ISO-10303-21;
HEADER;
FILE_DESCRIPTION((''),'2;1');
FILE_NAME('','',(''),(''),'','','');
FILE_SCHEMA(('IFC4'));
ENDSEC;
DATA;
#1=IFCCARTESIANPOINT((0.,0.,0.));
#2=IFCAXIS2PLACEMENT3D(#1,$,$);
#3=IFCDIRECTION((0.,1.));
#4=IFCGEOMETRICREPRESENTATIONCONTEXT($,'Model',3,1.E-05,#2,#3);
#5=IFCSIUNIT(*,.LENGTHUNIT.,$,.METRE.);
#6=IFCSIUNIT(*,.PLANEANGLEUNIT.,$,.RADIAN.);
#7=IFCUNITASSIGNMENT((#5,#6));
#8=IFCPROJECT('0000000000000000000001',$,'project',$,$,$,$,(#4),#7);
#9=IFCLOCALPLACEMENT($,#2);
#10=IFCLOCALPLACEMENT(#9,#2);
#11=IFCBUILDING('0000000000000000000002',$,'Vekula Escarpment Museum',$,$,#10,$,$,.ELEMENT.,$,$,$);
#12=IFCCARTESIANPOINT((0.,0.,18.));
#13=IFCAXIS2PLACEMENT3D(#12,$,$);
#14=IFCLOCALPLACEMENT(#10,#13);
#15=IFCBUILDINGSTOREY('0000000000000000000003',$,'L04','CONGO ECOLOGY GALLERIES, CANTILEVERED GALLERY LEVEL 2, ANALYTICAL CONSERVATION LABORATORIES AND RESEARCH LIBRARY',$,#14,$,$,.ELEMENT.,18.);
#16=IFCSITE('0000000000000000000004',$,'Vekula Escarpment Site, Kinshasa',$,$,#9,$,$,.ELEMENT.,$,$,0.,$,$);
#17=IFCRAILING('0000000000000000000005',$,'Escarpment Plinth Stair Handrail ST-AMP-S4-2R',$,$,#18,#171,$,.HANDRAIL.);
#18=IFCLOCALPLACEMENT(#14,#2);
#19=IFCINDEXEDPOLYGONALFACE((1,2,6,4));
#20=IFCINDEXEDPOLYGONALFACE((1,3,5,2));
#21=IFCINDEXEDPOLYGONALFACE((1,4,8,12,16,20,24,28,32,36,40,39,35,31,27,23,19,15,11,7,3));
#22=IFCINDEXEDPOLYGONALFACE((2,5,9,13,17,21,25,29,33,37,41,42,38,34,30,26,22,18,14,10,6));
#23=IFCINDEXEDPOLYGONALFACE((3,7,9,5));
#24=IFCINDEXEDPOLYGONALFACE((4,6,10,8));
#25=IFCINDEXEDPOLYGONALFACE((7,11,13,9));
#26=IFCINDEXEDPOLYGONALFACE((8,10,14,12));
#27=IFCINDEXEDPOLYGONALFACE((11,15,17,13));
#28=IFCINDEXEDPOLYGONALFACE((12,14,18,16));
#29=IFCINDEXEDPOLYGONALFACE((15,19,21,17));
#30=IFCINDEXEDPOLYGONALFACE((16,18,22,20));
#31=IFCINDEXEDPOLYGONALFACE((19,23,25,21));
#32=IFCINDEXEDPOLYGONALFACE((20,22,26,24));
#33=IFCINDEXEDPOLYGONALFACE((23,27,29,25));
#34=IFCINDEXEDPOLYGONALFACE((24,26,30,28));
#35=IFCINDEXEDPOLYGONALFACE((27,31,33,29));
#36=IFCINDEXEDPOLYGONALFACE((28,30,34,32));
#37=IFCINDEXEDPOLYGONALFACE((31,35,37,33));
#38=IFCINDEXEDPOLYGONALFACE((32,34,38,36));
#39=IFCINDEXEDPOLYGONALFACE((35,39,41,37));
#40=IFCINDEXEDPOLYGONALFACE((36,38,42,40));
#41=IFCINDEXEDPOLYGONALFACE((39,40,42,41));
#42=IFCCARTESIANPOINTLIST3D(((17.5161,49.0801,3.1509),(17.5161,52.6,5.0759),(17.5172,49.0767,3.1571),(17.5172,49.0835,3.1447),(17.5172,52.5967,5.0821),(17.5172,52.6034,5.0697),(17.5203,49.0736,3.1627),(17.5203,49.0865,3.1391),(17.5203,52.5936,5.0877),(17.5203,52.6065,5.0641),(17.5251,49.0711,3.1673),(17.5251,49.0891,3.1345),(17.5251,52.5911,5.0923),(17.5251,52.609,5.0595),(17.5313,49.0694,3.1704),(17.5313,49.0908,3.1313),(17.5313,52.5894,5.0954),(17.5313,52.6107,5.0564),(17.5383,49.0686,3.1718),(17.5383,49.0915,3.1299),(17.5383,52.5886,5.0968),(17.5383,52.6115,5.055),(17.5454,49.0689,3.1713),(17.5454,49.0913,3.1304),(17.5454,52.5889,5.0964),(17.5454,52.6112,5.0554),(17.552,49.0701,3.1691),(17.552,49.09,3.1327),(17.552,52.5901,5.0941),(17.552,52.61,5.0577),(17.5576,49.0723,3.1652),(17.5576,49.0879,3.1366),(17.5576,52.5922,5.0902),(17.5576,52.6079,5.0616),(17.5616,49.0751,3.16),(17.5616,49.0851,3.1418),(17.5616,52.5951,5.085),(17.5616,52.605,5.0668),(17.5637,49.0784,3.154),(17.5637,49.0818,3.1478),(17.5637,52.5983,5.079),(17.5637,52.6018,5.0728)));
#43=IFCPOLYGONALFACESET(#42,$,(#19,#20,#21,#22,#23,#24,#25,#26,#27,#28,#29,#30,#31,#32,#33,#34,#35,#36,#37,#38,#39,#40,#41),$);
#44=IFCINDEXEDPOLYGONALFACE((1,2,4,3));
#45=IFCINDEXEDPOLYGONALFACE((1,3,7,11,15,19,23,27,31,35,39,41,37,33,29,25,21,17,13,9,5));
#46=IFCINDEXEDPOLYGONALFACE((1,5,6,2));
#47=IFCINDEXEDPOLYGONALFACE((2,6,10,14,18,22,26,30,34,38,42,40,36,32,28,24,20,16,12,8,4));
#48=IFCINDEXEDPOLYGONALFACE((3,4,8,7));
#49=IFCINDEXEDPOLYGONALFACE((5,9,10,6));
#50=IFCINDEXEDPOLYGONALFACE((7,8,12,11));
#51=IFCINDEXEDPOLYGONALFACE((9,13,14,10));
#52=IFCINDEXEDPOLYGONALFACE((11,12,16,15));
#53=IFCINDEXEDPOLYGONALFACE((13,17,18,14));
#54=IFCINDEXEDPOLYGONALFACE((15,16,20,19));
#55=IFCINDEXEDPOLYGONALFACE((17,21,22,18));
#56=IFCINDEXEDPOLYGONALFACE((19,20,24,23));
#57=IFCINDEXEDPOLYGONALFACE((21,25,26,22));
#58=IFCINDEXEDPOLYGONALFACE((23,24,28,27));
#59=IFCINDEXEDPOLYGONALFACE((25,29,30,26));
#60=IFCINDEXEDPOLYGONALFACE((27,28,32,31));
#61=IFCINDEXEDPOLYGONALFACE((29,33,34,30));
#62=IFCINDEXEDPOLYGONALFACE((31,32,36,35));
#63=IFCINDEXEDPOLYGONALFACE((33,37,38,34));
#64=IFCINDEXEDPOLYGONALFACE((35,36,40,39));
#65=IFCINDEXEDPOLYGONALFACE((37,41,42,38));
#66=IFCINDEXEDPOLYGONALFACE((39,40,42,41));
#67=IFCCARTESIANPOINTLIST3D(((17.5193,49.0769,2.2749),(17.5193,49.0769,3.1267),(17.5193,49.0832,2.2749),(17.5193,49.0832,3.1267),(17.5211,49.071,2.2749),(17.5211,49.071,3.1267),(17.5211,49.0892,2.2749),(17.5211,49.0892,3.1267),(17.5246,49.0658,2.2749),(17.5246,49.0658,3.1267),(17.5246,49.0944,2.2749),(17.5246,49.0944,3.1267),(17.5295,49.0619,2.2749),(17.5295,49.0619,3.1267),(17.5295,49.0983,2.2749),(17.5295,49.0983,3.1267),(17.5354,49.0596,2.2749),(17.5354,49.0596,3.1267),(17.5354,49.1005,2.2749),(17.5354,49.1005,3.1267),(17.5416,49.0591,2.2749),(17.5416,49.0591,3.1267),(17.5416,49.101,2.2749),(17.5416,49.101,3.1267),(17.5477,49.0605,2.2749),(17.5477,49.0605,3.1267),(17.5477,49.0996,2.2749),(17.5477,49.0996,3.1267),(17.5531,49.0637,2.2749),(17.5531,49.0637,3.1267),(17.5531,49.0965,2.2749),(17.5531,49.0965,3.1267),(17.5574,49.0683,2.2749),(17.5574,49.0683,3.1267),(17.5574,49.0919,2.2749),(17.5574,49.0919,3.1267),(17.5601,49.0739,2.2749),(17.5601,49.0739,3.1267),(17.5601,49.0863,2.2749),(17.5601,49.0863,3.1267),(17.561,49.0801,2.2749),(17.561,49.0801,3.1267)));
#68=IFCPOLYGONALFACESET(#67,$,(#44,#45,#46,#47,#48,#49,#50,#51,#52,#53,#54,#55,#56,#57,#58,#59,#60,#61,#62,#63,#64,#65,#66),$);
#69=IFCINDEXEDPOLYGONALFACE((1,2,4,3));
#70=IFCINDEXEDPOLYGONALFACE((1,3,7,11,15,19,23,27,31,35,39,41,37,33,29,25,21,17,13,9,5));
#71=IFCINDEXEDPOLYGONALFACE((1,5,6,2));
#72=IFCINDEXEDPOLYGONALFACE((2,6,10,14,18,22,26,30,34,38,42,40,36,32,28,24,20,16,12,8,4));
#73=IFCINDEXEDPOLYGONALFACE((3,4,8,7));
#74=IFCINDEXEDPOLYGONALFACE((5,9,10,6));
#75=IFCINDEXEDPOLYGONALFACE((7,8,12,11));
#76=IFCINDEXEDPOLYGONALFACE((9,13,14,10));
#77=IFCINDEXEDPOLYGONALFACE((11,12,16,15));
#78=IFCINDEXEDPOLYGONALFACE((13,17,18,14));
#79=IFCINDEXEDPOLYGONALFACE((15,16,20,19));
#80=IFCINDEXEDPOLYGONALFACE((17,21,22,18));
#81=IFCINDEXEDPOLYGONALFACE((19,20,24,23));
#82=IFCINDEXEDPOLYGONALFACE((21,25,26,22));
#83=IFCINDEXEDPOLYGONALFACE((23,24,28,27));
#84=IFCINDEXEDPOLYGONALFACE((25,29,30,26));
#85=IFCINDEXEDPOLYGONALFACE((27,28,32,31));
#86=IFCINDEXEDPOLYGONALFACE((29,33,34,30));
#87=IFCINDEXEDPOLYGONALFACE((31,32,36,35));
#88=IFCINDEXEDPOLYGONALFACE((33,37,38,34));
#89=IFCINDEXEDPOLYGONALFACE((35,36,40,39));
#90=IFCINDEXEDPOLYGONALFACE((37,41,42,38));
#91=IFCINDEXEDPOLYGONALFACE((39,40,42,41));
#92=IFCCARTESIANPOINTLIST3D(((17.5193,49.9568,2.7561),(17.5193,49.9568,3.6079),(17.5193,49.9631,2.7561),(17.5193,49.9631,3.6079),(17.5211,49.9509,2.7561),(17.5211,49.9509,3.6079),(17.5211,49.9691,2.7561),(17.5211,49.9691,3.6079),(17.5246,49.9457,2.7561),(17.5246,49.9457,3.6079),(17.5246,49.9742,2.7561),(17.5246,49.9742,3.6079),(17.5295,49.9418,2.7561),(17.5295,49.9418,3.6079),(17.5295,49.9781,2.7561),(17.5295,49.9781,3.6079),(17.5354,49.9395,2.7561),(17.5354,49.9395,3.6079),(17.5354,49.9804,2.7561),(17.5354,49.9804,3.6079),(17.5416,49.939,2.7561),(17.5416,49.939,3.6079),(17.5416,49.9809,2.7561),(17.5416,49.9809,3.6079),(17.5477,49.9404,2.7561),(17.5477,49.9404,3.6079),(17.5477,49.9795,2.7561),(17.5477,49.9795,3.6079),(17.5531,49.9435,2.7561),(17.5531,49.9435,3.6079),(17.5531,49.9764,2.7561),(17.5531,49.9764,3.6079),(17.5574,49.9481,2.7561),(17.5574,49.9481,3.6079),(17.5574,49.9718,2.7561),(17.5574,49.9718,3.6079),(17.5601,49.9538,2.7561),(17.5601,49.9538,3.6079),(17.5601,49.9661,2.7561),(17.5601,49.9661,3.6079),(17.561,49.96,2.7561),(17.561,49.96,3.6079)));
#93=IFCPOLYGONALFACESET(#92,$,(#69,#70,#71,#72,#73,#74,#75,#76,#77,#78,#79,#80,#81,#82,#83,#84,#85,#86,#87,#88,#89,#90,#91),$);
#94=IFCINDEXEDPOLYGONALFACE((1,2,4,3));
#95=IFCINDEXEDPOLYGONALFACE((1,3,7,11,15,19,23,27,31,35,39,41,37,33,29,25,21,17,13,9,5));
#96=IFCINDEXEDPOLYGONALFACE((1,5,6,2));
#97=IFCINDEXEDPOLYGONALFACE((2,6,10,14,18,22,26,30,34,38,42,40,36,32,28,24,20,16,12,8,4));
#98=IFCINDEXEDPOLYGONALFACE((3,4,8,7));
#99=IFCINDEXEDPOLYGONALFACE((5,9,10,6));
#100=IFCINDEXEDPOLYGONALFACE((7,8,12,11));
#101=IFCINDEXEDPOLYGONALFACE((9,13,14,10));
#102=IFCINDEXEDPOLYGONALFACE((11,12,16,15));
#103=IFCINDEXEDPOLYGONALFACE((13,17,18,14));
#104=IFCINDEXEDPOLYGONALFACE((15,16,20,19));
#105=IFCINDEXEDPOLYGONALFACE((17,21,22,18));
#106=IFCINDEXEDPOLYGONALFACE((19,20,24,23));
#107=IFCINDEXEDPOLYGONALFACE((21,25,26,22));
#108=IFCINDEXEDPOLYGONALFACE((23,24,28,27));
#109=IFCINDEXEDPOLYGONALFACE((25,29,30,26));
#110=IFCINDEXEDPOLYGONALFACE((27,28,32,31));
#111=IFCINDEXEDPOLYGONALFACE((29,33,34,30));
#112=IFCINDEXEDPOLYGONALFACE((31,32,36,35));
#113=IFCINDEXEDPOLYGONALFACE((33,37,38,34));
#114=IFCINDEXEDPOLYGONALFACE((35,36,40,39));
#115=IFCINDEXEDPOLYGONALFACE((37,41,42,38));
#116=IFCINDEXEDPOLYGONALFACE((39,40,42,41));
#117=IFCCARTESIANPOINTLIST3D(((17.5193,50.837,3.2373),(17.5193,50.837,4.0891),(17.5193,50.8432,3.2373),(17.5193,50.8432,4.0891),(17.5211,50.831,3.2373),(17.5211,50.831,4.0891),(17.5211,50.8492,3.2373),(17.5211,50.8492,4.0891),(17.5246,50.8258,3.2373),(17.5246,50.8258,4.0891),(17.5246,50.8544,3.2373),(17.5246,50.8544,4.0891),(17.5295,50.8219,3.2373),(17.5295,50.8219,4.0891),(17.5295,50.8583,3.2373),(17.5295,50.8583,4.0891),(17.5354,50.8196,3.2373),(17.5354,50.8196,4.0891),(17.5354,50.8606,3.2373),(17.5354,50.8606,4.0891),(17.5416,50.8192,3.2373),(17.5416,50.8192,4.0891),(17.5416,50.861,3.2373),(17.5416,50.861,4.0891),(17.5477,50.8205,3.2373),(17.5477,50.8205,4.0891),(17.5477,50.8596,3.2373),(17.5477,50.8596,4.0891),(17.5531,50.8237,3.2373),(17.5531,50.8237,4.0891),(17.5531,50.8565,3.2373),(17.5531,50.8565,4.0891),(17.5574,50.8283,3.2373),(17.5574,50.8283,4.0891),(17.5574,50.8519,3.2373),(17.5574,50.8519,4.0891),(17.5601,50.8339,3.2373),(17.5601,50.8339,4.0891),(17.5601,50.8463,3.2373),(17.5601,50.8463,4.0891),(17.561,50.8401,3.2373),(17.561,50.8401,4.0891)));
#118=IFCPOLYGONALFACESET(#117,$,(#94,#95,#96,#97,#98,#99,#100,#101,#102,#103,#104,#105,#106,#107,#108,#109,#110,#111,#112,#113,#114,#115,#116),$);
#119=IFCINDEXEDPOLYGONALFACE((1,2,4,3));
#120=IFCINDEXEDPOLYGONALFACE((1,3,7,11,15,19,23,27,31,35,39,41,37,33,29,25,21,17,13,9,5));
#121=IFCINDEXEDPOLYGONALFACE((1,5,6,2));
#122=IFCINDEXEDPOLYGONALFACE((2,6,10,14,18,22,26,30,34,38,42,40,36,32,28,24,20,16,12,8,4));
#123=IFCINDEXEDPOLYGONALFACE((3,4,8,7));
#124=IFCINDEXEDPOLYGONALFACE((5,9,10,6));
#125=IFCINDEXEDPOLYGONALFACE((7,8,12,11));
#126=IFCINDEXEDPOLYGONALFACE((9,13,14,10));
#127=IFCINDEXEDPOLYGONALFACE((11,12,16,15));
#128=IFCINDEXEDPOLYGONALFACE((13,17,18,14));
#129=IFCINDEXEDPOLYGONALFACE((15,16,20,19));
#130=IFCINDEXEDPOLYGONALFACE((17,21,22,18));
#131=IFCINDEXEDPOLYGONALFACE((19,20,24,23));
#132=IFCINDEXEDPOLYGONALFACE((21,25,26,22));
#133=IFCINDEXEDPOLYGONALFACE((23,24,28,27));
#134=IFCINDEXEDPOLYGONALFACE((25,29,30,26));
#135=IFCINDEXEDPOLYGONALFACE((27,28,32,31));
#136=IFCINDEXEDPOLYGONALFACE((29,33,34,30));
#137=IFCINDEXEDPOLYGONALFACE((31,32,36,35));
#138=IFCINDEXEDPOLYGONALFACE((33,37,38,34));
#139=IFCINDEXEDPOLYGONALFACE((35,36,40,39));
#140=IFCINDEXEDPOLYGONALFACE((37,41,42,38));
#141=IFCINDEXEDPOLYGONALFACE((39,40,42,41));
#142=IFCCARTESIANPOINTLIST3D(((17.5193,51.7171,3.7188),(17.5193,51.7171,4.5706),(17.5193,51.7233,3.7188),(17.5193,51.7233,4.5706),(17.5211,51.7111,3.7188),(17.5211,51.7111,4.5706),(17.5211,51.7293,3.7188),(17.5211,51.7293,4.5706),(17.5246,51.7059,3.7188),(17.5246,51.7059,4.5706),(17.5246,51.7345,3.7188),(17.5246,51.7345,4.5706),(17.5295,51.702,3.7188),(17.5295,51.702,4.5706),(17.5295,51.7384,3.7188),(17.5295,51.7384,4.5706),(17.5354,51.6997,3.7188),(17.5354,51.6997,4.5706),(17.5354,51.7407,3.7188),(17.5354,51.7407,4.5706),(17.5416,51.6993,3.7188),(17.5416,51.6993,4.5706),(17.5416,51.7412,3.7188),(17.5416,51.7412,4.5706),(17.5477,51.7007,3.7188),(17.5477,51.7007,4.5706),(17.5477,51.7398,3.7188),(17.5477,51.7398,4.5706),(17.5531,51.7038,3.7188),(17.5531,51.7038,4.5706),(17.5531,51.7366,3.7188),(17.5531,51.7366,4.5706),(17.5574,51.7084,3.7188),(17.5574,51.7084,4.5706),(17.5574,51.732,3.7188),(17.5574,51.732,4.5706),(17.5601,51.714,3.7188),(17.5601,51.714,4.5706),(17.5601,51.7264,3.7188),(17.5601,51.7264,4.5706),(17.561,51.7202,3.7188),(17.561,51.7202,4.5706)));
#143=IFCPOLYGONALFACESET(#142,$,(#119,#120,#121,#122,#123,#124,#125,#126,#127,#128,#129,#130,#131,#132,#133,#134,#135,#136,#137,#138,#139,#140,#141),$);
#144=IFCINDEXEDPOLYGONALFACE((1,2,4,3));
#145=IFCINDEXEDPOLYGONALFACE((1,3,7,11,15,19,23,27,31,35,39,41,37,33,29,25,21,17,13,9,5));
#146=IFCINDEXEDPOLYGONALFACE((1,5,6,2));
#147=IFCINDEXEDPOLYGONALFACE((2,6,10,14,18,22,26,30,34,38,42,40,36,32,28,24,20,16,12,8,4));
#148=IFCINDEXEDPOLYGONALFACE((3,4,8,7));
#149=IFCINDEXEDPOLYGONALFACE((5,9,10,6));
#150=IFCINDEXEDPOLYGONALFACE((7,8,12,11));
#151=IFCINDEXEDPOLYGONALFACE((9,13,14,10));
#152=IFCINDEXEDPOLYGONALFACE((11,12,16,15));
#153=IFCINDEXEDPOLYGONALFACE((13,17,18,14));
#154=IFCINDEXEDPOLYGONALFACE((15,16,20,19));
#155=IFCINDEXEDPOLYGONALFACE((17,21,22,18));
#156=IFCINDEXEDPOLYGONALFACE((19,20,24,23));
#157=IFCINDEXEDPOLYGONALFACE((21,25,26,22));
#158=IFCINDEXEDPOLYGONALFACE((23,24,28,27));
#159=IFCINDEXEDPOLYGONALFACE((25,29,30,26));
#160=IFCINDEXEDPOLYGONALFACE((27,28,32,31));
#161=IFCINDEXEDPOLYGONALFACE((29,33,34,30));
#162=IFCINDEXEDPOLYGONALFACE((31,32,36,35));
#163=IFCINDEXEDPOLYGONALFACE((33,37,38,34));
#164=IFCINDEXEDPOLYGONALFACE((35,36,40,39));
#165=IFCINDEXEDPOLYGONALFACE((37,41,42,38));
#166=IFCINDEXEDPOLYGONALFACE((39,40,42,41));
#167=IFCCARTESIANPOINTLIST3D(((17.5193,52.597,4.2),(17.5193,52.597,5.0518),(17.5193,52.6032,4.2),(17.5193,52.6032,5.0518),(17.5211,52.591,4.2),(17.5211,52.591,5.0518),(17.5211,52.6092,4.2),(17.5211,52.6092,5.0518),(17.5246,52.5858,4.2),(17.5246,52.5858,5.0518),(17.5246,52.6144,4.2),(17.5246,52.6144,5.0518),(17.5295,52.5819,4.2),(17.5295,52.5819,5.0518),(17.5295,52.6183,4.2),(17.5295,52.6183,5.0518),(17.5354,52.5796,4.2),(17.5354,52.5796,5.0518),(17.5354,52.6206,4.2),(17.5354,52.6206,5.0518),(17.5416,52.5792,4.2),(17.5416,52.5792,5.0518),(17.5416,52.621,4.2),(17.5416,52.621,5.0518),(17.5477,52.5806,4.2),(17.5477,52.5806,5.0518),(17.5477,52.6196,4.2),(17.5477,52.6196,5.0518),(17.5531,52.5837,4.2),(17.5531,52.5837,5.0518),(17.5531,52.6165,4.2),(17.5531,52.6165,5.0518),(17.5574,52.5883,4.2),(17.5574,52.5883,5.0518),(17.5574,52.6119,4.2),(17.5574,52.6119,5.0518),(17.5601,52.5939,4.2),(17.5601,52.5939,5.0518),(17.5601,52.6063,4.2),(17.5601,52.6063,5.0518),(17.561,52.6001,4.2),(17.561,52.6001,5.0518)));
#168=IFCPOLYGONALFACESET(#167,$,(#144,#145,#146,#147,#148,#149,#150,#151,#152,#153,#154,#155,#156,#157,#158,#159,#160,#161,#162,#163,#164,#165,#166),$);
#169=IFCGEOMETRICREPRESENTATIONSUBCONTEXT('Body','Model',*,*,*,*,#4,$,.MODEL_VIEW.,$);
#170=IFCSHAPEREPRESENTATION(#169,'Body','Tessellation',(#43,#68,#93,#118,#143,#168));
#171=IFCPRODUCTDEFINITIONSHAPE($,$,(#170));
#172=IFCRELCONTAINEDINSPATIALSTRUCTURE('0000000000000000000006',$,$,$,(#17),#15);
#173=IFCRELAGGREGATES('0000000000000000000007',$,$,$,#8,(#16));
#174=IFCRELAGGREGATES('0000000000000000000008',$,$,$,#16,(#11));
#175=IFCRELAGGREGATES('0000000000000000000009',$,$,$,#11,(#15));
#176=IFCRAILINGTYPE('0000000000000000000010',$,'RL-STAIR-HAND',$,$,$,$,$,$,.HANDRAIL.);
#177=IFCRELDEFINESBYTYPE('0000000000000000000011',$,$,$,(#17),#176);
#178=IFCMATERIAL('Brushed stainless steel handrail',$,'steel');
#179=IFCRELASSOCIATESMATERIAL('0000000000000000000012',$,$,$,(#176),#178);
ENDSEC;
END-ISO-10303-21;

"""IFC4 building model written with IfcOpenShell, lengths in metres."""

from ifc_helpers import new_model, si_unit, direction, frame, origin, origin_2d, place, context, subcontext, project, spatial, circle, extrude, material, type_object, element, save


model = new_model("IFC4")

# Units and contexts
model_context = context("Model", 3, precision=1e-05, world=origin(), true_north=direction((0.0, 1.0)))
body_context = subcontext(model_context, "Body", "Model", "MODEL_VIEW")
ifc_project = project(units=[si_unit("LENGTHUNIT", "METRE"), si_unit("PLANEANGLEUNIT", "RADIAN")], contexts=[model_context])

# Site, building, storey
site_placement = place(None, origin())
site = spatial("IfcSite", under=ifc_project, at=site_placement, Name="Vekula Escarpment Site, Kinshasa", CompositionType="ELEMENT", RefElevation=0.0)
building_placement = place(site_placement, origin())
building = spatial("IfcBuilding", under=site, at=building_placement, Name="Vekula Escarpment Museum", CompositionType="ELEMENT")
storey_placement = place(building_placement, frame((0.0, 0.0, 18.0)))
storey = spatial("IfcBuildingStorey", under=building, at=storey_placement, Name="L04", Description="CONGO ECOLOGY GALLERIES, CANTILEVERED GALLERY LEVEL 2, ANALYTICAL CONSERVATION LABORATORIES AND RESEARCH LIBRARY", CompositionType="ELEMENT", Elevation=18.0)

# Railing
ifc_material_1 = material(Name="Brushed stainless steel handrail", Category="steel")
railing_type_1 = type_object("IfcRailingType", Name="RL-STAIR-HAND", PredefinedType="HANDRAIL", material=ifc_material_1)
for number, where, name in (
    (1, (17.54, 49.0801, 2.2749), "Escarpment Plinth Stair Handrail ST-AMP-S4-2R"),
):
    element("IfcRailing", number, at=place(storey_placement, frame(where)), inside=storey, type_object=railing_type_1, Name=name, PredefinedType="HANDRAIL", context=body_context, shape_type="SweptSolid", body=[
        extrude(circle(Radius=0.0239, at=origin_2d()), frame((0.0, 0.0, 0.876), z_axis=(0.0, 0.877367, 0.47982), x_axis=(-1.0, 0.0, 0.0)), (0.0, 0.0, 1.0), 4.012),
        extrude(circle(Radius=0.021, at=origin_2d()), origin(), (0.0, 0.0, 1.0), 0.8518),
        extrude(circle(Radius=0.021, at=origin_2d()), frame((0.0, 0.8799, 0.4812)), (0.0, 0.0, 1.0), 0.8518),
        extrude(circle(Radius=0.021, at=origin_2d()), frame((0.0, 1.76, 0.9624)), (0.0, 0.0, 1.0), 0.8518),
        extrude(circle(Radius=0.021, at=origin_2d()), frame((0.0, 2.6401, 1.4438)), (0.0, 0.0, 1.0), 0.8518),
        extrude(circle(Radius=0.021, at=origin_2d()), frame((0.0, 3.52, 1.925)), (0.0, 0.0, 1.0), 0.8518),
    ])

save(model, "model.ifc")
